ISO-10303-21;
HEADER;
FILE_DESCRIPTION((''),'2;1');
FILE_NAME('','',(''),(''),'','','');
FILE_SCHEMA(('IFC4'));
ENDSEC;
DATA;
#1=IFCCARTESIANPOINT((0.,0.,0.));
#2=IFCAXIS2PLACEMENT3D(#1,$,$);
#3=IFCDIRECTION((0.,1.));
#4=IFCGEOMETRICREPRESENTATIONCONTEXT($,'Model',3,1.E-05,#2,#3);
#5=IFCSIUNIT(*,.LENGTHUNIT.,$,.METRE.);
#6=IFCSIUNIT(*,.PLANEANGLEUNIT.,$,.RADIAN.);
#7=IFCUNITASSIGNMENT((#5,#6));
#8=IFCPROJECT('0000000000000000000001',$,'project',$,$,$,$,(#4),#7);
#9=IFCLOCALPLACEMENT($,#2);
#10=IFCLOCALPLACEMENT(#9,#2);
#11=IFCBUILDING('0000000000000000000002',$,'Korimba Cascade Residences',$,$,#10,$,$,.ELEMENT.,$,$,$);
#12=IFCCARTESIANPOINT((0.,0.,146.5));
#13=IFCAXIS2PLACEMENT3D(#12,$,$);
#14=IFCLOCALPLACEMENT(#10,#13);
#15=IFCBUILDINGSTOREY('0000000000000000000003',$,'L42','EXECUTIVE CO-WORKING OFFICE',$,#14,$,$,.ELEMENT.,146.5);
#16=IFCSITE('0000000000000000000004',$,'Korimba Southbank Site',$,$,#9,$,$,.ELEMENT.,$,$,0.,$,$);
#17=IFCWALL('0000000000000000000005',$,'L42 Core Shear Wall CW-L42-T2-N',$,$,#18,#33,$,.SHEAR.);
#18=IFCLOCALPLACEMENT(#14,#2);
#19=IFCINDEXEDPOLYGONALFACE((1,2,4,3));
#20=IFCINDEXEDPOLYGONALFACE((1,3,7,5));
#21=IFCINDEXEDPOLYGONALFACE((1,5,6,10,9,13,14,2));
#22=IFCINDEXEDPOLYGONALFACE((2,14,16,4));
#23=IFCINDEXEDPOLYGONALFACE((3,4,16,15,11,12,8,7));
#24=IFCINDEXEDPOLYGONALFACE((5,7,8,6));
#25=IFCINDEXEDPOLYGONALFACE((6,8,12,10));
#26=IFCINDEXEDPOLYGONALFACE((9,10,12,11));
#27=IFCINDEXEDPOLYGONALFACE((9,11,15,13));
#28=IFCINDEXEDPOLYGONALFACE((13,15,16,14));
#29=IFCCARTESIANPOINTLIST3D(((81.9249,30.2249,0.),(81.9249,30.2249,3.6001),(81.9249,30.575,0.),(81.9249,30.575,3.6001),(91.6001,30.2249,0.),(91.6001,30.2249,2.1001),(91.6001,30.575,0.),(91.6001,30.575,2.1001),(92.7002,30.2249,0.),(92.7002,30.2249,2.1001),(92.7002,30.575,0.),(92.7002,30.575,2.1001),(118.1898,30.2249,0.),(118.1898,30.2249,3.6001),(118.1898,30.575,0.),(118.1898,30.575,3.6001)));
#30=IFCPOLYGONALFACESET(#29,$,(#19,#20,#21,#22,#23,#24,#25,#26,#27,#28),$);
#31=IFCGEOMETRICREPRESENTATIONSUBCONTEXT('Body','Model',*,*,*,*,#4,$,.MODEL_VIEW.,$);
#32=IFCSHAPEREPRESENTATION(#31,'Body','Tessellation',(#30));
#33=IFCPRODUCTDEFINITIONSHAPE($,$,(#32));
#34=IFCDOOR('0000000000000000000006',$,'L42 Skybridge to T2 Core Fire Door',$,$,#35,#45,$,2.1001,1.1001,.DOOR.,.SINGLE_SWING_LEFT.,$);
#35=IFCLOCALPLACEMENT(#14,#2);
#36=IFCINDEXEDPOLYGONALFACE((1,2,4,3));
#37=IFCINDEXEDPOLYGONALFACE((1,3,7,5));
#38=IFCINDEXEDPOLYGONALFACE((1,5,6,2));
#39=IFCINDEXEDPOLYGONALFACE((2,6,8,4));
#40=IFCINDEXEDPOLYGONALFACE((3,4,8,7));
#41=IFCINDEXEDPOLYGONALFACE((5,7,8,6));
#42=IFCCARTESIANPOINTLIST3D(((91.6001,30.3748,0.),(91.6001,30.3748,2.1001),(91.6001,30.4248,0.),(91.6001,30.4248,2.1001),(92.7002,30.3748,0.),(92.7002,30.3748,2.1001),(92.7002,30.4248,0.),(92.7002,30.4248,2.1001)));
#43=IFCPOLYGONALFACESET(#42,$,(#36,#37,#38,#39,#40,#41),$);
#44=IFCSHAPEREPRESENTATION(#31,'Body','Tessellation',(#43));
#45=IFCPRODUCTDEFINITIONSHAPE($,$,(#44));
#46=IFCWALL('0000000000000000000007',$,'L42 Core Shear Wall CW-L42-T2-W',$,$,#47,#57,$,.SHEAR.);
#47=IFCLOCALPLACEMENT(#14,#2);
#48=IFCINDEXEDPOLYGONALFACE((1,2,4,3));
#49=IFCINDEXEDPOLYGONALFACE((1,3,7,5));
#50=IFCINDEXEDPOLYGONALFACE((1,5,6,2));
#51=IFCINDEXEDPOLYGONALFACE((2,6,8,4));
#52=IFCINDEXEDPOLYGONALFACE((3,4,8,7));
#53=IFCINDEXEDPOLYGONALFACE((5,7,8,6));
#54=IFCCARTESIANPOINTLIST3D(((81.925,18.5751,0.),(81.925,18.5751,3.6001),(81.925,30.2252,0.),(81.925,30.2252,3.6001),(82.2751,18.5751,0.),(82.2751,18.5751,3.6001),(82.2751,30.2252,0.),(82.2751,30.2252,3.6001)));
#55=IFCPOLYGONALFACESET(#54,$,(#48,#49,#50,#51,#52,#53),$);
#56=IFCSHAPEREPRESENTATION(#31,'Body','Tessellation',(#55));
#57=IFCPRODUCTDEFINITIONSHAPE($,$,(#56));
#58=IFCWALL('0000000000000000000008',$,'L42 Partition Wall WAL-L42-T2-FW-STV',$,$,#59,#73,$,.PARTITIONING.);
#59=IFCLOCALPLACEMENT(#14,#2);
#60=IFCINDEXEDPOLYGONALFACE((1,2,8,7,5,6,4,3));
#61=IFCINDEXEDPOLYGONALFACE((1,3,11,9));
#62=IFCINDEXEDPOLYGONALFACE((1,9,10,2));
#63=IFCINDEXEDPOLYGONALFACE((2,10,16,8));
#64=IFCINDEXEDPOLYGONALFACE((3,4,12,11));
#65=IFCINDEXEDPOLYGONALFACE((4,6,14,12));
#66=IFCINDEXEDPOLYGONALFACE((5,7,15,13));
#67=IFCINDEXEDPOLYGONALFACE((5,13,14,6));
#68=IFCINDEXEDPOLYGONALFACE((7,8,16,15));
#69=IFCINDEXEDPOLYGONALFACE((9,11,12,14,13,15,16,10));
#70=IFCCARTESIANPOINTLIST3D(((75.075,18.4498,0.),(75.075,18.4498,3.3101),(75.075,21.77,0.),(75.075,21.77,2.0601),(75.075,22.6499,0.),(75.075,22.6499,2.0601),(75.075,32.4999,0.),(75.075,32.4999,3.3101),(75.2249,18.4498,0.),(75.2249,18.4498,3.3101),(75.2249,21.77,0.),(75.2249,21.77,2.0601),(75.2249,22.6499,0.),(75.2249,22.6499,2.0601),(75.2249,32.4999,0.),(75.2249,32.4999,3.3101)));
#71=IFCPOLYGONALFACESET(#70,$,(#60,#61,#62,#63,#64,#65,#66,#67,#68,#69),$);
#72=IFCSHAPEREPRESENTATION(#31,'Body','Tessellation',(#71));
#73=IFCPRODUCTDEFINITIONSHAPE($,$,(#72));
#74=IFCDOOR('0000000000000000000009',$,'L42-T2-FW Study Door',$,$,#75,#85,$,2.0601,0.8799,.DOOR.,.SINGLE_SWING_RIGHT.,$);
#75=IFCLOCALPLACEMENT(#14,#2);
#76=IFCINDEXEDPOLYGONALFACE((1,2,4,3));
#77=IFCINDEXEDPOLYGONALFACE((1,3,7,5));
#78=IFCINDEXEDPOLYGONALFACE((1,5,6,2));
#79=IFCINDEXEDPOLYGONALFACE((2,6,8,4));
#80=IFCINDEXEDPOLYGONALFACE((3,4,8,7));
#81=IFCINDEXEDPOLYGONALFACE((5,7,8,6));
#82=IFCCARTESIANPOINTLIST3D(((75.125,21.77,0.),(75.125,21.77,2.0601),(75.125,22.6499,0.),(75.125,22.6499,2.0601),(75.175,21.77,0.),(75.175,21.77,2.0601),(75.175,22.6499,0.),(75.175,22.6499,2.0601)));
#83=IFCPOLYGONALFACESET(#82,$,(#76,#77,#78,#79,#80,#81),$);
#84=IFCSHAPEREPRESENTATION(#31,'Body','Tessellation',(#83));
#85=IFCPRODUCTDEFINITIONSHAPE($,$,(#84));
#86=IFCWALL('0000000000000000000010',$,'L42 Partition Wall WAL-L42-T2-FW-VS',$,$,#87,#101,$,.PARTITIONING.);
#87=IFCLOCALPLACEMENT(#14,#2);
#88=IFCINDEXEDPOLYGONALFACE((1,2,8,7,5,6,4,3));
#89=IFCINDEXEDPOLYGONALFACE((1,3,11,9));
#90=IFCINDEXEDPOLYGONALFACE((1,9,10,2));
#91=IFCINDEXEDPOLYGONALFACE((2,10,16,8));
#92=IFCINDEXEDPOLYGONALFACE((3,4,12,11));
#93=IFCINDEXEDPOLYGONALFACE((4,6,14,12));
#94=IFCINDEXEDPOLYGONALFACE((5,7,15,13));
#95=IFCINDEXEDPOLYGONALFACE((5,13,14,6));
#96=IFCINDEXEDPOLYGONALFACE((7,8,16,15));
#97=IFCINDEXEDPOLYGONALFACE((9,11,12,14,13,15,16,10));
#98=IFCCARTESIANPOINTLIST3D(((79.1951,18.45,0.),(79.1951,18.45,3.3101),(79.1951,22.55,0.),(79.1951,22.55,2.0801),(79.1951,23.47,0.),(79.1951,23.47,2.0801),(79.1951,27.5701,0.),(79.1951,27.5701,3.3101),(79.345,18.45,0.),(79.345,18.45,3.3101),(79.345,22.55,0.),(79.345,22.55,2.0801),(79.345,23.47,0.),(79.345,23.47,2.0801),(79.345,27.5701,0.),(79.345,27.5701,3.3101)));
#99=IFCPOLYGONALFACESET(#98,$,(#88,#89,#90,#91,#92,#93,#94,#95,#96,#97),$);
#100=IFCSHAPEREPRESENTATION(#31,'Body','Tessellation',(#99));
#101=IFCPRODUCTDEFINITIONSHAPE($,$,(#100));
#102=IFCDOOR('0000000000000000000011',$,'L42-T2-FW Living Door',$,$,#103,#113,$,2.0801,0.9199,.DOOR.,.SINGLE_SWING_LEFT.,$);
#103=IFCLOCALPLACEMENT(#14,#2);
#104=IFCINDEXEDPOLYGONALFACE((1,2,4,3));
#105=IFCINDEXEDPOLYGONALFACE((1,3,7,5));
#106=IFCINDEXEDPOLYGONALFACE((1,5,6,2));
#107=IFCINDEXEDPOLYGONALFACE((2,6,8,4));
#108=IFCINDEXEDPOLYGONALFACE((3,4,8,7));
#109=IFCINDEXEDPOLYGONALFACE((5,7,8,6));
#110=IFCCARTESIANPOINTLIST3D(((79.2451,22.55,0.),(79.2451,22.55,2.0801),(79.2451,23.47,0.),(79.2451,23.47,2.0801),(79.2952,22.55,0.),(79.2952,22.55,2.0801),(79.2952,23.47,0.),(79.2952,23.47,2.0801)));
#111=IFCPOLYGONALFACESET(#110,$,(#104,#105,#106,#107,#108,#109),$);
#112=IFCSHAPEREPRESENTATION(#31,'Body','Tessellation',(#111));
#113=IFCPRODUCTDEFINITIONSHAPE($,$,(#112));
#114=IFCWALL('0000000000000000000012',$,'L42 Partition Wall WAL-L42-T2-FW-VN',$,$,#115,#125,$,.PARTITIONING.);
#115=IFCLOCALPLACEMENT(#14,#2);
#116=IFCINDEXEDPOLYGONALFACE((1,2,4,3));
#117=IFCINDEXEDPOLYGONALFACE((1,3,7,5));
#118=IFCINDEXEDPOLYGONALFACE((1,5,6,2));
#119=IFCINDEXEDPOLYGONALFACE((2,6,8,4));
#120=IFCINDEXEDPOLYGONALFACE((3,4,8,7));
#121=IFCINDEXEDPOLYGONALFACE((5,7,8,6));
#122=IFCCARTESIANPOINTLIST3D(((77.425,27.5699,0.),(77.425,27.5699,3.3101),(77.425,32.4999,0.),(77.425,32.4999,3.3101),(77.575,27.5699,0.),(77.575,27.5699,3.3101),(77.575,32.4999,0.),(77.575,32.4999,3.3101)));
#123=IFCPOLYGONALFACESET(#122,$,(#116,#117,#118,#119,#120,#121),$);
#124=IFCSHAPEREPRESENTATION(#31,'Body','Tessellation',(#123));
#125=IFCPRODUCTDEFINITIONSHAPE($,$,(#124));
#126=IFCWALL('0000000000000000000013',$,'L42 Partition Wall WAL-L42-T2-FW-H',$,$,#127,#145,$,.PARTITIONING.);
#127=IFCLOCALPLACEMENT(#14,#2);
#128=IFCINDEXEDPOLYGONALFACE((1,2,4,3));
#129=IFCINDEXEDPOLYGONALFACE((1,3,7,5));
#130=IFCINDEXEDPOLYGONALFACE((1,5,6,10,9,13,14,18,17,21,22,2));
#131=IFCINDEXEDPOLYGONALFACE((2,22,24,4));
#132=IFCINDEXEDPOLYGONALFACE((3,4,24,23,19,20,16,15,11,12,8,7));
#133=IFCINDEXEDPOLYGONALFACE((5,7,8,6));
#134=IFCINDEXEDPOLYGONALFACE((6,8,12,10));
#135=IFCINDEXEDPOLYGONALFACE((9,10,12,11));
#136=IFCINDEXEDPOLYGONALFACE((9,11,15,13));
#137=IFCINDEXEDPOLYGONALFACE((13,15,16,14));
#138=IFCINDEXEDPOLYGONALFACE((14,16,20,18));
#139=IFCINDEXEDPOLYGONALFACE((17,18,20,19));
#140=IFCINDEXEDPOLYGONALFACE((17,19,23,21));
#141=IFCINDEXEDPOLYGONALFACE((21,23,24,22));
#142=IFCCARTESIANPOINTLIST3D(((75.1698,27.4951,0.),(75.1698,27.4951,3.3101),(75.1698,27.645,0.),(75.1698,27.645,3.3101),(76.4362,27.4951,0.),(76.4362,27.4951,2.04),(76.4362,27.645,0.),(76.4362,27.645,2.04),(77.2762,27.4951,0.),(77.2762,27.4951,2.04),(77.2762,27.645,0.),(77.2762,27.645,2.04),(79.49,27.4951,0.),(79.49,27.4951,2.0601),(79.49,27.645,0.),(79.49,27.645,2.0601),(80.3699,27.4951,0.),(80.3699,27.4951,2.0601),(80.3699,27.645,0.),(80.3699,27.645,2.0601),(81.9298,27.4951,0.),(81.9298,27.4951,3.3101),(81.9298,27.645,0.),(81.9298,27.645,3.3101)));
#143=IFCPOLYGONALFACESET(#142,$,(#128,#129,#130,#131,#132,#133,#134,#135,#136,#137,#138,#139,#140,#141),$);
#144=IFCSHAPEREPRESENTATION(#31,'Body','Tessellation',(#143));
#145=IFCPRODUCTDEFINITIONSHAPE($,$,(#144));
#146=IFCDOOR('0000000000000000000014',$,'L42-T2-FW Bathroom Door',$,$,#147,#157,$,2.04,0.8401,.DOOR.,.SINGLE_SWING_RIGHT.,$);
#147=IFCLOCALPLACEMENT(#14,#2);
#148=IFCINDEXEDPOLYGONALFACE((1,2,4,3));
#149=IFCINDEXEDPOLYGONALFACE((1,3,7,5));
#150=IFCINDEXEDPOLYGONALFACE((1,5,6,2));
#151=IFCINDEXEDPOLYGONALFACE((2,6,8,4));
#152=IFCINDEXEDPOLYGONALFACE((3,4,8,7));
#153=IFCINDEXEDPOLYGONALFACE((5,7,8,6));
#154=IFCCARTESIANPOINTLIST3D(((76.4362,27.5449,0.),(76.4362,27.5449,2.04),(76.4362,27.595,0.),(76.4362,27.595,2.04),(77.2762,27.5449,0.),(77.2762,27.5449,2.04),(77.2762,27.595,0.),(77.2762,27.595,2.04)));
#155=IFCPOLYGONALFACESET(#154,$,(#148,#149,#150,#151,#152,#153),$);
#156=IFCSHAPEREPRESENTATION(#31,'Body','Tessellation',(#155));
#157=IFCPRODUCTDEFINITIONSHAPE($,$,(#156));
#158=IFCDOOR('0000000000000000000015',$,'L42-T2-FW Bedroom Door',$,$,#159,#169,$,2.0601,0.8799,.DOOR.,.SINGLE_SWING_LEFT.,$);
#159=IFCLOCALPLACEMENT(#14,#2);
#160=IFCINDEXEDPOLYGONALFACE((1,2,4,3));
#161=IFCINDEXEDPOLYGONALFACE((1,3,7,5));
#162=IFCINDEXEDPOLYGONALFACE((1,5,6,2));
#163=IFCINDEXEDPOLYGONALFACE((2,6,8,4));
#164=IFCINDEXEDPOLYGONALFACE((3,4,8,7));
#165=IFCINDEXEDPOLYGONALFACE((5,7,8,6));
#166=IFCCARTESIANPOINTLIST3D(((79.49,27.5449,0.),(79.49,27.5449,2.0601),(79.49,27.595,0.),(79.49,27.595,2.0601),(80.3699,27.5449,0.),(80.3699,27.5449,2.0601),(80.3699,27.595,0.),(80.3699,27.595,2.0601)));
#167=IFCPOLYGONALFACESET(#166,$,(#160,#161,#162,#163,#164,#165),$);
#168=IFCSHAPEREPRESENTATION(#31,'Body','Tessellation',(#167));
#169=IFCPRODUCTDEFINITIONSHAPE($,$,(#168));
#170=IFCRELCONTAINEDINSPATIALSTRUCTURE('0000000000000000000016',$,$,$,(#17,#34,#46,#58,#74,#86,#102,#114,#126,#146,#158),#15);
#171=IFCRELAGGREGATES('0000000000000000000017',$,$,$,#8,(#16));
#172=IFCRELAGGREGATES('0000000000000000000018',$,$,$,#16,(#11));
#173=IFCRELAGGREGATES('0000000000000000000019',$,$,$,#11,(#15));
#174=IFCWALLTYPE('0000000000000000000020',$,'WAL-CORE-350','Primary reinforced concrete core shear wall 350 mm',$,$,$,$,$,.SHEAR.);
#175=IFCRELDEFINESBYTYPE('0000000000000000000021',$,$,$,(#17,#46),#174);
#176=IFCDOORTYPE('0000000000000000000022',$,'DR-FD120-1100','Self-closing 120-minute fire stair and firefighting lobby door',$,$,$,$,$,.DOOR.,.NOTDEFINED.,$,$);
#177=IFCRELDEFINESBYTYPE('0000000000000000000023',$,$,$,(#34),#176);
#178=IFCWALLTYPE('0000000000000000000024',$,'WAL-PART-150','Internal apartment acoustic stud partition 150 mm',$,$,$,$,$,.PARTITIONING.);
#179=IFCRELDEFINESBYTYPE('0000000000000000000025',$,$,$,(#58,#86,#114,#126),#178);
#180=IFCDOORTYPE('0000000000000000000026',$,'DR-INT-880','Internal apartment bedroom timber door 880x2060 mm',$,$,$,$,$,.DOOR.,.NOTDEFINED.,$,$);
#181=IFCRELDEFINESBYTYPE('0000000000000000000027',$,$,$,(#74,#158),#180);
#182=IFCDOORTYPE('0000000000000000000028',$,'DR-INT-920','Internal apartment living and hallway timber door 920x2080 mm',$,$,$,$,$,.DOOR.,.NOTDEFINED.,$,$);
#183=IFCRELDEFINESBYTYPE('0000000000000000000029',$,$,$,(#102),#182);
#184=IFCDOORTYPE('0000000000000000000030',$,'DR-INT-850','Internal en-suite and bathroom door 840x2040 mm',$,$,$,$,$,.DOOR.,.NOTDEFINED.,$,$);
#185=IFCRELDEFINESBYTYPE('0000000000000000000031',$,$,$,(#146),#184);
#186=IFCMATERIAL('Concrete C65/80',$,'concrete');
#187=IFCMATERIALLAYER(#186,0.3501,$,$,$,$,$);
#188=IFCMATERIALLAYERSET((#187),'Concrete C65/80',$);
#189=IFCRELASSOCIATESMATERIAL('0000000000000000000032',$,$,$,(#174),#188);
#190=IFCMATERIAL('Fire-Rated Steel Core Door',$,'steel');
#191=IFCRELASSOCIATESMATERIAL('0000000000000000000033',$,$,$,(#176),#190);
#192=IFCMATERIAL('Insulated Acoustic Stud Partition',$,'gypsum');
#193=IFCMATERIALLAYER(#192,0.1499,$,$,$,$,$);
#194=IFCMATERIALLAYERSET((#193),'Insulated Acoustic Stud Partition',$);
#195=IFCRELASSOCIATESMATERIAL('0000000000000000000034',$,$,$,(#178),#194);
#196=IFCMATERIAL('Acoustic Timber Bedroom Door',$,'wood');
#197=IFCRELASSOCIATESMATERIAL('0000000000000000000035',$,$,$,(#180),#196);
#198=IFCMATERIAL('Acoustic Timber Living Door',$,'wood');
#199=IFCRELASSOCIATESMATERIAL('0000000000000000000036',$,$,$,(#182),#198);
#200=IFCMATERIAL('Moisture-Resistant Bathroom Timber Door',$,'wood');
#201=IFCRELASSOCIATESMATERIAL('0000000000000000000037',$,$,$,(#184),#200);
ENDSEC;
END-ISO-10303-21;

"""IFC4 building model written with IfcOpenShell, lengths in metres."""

from ifc_helpers import new_model, si_unit, direction, frame, frame_2d, origin, place, context, subcontext, project, spatial, rectangle, extrude, material, layer, layer_set, type_object, element, fill, save


model = new_model("IFC4")

# Units and contexts
model_context = context("Model", 3, precision=1e-05, world=origin(), true_north=direction((0.0, 1.0)))
body_context = subcontext(model_context, "Body", "Model", "MODEL_VIEW")
ifc_project = project(units=[si_unit("LENGTHUNIT", "METRE"), si_unit("PLANEANGLEUNIT", "RADIAN")], contexts=[model_context])

# Site, building, storey
site_placement = place(None, origin())
site = spatial("IfcSite", under=ifc_project, at=site_placement, Name="Korimba Southbank Site", CompositionType="ELEMENT", RefElevation=0.0)
building_placement = place(site_placement, origin())
building = spatial("IfcBuilding", under=site, at=building_placement, Name="Korimba Cascade Residences", CompositionType="ELEMENT")
storey_placement = place(building_placement, frame((0.0, 0.0, 146.5)))
storey = spatial("IfcBuildingStorey", under=building, at=storey_placement, Name="L42", Description="EXECUTIVE CO-WORKING OFFICE", CompositionType="ELEMENT", Elevation=146.5)

# Wall, opening, door
ifc_material_1 = material(Name="Concrete C65/80", Category="concrete")
ifc_layer_1 = layer(ifc_material_1, 0.3501)
ifc_layer_set_1 = layer_set([ifc_layer_1], Name="Concrete C65/80")
wall_type_1 = type_object("IfcWallType", Name="WAL-CORE-350", Description="Primary reinforced concrete core shear wall 350 mm", PredefinedType="SHEAR", material=ifc_layer_set_1)
wall_1_placement = place(storey_placement, frame((81.925, 30.3999, 0.0), z_axis=(0.0, 0.0, 1.0), x_axis=(1.0, 0.0, 0.0)))
wall_1 = element("IfcWall", 1, at=wall_1_placement, inside=storey, type_object=wall_type_1, Name="L42 Core Shear Wall CW-L42-T2-N", PredefinedType="SHEAR", context=body_context, shape_type="SweptSolid", body=[
    extrude(rectangle(XDim=36.2649, YDim=0.3501, at=frame_2d((18.1323, 0.0))), origin(), (0.0, 0.0, 1.0), 3.6001),
])
opening_1_placement = place(wall_1_placement, frame((9.675, 0.0, 0.0)))
opening_1 = element("IfcOpeningElement", 2, at=opening_1_placement, cuts=wall_1, PredefinedType="OPENING", context=body_context, shape_type="SweptSolid", body=[
    extrude(rectangle(XDim=1.1001, YDim=2.1001, at=frame_2d((0.55, 1.05))), frame((0.0, 0.1851, 0.0), z_axis=(0.0, -1.0, 0.0), x_axis=(1.0, 0.0, 0.0)), (0.0, 0.0, 1.0), 0.3701),
])
ifc_material_2 = material(Name="Fire-Rated Steel Core Door", Category="steel")
door_type_1 = type_object("IfcDoorType", Name="DR-FD120-1100", Description="Self-closing 120-minute fire stair and firefighting lobby door", OperationType="NOTDEFINED", PredefinedType="DOOR", material=ifc_material_2)
door_1_placement = place(opening_1_placement, origin())
door_1 = element("IfcDoor", 3, at=door_1_placement, inside=storey, type_object=door_type_1, Name="L42 Skybridge to T2 Core Fire Door", OperationType="SINGLE_SWING_LEFT", OverallHeight=2.1001, OverallWidth=1.1001, PredefinedType="DOOR", context=body_context, shape_type="SweptSolid", body=[
    extrude(rectangle(XDim=1.1001, YDim=2.1001, at=frame_2d((0.55, 1.05))), frame((0.0, 0.0249, 0.0), z_axis=(0.0, -1.0, 0.0), x_axis=(1.0, 0.0, 0.0)), (0.0, 0.0, 1.0), 0.05),
])
fill(opening_1, door_1)

# Wall
wall_2_placement = place(storey_placement, frame((82.1001, 18.575, 0.0), z_axis=(0.0, 0.0, 1.0), x_axis=(0.0, 1.0, 0.0)))
element("IfcWall", 4, at=wall_2_placement, inside=storey, type_object=wall_type_1, Name="L42 Core Shear Wall CW-L42-T2-W", PredefinedType="SHEAR", context=body_context, shape_type="SweptSolid", body=[
    extrude(rectangle(XDim=11.6501, YDim=0.3501, at=frame_2d((5.8252, 0.0))), origin(), (0.0, 0.0, 1.0), 3.6001),
])

# Walls, openings, doors
ifc_material_3 = material(Name="Insulated Acoustic Stud Partition", Category="gypsum")
ifc_layer_2 = layer(ifc_material_3, 0.1499)
ifc_layer_set_2 = layer_set([ifc_layer_2], Name="Insulated Acoustic Stud Partition")
wall_type_2 = type_object("IfcWallType", Name="WAL-PART-150", Description="Internal apartment acoustic stud partition 150 mm", PredefinedType="PARTITIONING", material=ifc_layer_set_2)
wall_3_placement = place(storey_placement, frame((75.1499, 18.45, 0.0), z_axis=(0.0, 0.0, 1.0), x_axis=(0.0, 1.0, 0.0)))
wall_3 = element("IfcWall", 5, at=wall_3_placement, inside=storey, type_object=wall_type_2, Name="L42 Partition Wall WAL-L42-T2-FW-STV", PredefinedType="PARTITIONING", context=body_context, shape_type="SweptSolid", body=[
    extrude(rectangle(XDim=14.05, YDim=0.1499, at=frame_2d((7.0249, 0.0))), origin(), (0.0, 0.0, 1.0), 3.3101),
])
opening_2_placement = place(wall_3_placement, frame((3.3201, 0.0, 0.0)))
opening_2 = element("IfcOpeningElement", 6, at=opening_2_placement, cuts=wall_3, PredefinedType="OPENING", context=body_context, shape_type="SweptSolid", body=[
    extrude(rectangle(XDim=0.8799, YDim=2.0601, at=frame_2d((0.4399, 1.03))), frame((0.0, 0.085, 0.0), z_axis=(0.0, -1.0, 0.0), x_axis=(1.0, 0.0, 0.0)), (0.0, 0.0, 1.0), 0.1699),
])
ifc_material_4 = material(Name="Acoustic Timber Bedroom Door", Category="wood")
door_type_2 = type_object("IfcDoorType", Name="DR-INT-880", Description="Internal apartment bedroom timber door 880x2060 mm", OperationType="NOTDEFINED", PredefinedType="DOOR", material=ifc_material_4)
door_2_placement = place(opening_2_placement, origin())
door_2 = element("IfcDoor", 7, at=door_2_placement, inside=storey, type_object=door_type_2, Name="L42-T2-FW Study Door", OperationType="SINGLE_SWING_RIGHT", OverallHeight=2.0601, OverallWidth=0.8799, PredefinedType="DOOR", context=body_context, shape_type="SweptSolid", body=[
    extrude(rectangle(XDim=0.8799, YDim=2.0601, at=frame_2d((0.4399, 1.03))), frame((0.0, 0.0249, 0.0), z_axis=(0.0, -1.0, 0.0), x_axis=(1.0, 0.0, 0.0)), (0.0, 0.0, 1.0), 0.05),
])
fill(opening_2, door_2)
wall_4_placement = place(storey_placement, frame((79.27, 18.45, 0.0), z_axis=(0.0, 0.0, 1.0), x_axis=(0.0, 1.0, 0.0)))
wall_4 = element("IfcWall", 8, at=wall_4_placement, inside=storey, type_object=wall_type_2, Name="L42 Partition Wall WAL-L42-T2-FW-VS", PredefinedType="PARTITIONING", context=body_context, shape_type="SweptSolid", body=[
    extrude(rectangle(XDim=9.1201, YDim=0.1499, at=frame_2d((4.5601, 0.0))), origin(), (0.0, 0.0, 1.0), 3.3101),
])
opening_3_placement = place(wall_4_placement, frame((4.1001, 0.0, 0.0)))
opening_3 = element("IfcOpeningElement", 9, at=opening_3_placement, cuts=wall_4, PredefinedType="OPENING", context=body_context, shape_type="SweptSolid", body=[
    extrude(rectangle(XDim=0.9199, YDim=2.0801, at=frame_2d((0.46, 1.04))), frame((0.0, 0.085, 0.0), z_axis=(0.0, -1.0, 0.0), x_axis=(1.0, 0.0, 0.0)), (0.0, 0.0, 1.0), 0.1699),
])
ifc_material_5 = material(Name="Acoustic Timber Living Door", Category="wood")
door_type_3 = type_object("IfcDoorType", Name="DR-INT-920", Description="Internal apartment living and hallway timber door 920x2080 mm", OperationType="NOTDEFINED", PredefinedType="DOOR", material=ifc_material_5)
door_3_placement = place(opening_3_placement, origin())
door_3 = element("IfcDoor", 10, at=door_3_placement, inside=storey, type_object=door_type_3, Name="L42-T2-FW Living Door", OperationType="SINGLE_SWING_LEFT", OverallHeight=2.0801, OverallWidth=0.9199, PredefinedType="DOOR", context=body_context, shape_type="SweptSolid", body=[
    extrude(rectangle(XDim=0.9199, YDim=2.0801, at=frame_2d((0.46, 1.04))), frame((0.0, 0.0249, 0.0), z_axis=(0.0, -1.0, 0.0), x_axis=(1.0, 0.0, 0.0)), (0.0, 0.0, 1.0), 0.05),
])
fill(opening_3, door_3)

# Wall
wall_5_placement = place(storey_placement, frame((77.5, 27.5701, 0.0), z_axis=(0.0, 0.0, 1.0), x_axis=(0.0, 1.0, 0.0)))
element("IfcWall", 11, at=wall_5_placement, inside=storey, type_object=wall_type_2, Name="L42 Partition Wall WAL-L42-T2-FW-VN", PredefinedType="PARTITIONING", context=body_context, shape_type="SweptSolid", body=[
    extrude(rectangle(XDim=4.9299, YDim=0.1499, at=frame_2d((2.4648, 0.0))), origin(), (0.0, 0.0, 1.0), 3.3101),
])

# Wall, openings, doors
wall_6_placement = place(storey_placement, frame((75.1699, 27.5701, 0.0), z_axis=(0.0, 0.0, 1.0), x_axis=(1.0, 0.0, 0.0)))
wall_6 = element("IfcWall", 12, at=wall_6_placement, inside=storey, type_object=wall_type_2, Name="L42 Partition Wall WAL-L42-T2-FW-H", PredefinedType="PARTITIONING", context=body_context, shape_type="SweptSolid", body=[
    extrude(rectangle(XDim=6.76, YDim=0.1499, at=frame_2d((3.3799, 0.0))), origin(), (0.0, 0.0, 1.0), 3.3101),
])
opening_4_placement = place(wall_6_placement, frame((1.2664, 0.0, 0.0)))
opening_4 = element("IfcOpeningElement", 13, at=opening_4_placement, cuts=wall_6, PredefinedType="OPENING", context=body_context, shape_type="SweptSolid", body=[
    extrude(rectangle(XDim=0.8401, YDim=2.04, at=frame_2d((0.4199, 1.02))), frame((0.0, 0.085, 0.0), z_axis=(0.0, -1.0, 0.0), x_axis=(1.0, 0.0, 0.0)), (0.0, 0.0, 1.0), 0.1699),
])
opening_5_placement = place(wall_6_placement, frame((4.3201, 0.0, 0.0)))
opening_5 = element("IfcOpeningElement", 14, at=opening_5_placement, cuts=wall_6, PredefinedType="OPENING", context=body_context, shape_type="SweptSolid", body=[
    extrude(rectangle(XDim=0.8799, YDim=2.0601, at=frame_2d((0.4399, 1.03))), frame((0.0, 0.085, 0.0), z_axis=(0.0, -1.0, 0.0), x_axis=(1.0, 0.0, 0.0)), (0.0, 0.0, 1.0), 0.1699),
])
ifc_material_6 = material(Name="Moisture-Resistant Bathroom Timber Door", Category="wood")
door_type_4 = type_object("IfcDoorType", Name="DR-INT-850", Description="Internal en-suite and bathroom door 840x2040 mm", OperationType="NOTDEFINED", PredefinedType="DOOR", material=ifc_material_6)
door_4_placement = place(opening_4_placement, origin())
door_4 = element("IfcDoor", 15, at=door_4_placement, inside=storey, type_object=door_type_4, Name="L42-T2-FW Bathroom Door", OperationType="SINGLE_SWING_RIGHT", OverallHeight=2.04, OverallWidth=0.8401, PredefinedType="DOOR", context=body_context, shape_type="SweptSolid", body=[
    extrude(rectangle(XDim=0.8401, YDim=2.04, at=frame_2d((0.4199, 1.02))), frame((0.0, 0.0249, 0.0), z_axis=(0.0, -1.0, 0.0), x_axis=(1.0, 0.0, 0.0)), (0.0, 0.0, 1.0), 0.05),
])
fill(opening_4, door_4)
door_5_placement = place(opening_5_placement, origin())
door_5 = element("IfcDoor", 16, at=door_5_placement, inside=storey, type_object=door_type_2, Name="L42-T2-FW Bedroom Door", OperationType="SINGLE_SWING_LEFT", OverallHeight=2.0601, OverallWidth=0.8799, PredefinedType="DOOR", context=body_context, shape_type="SweptSolid", body=[
    extrude(rectangle(XDim=0.8799, YDim=2.0601, at=frame_2d((0.4399, 1.03))), frame((0.0, 0.0249, 0.0), z_axis=(0.0, -1.0, 0.0), x_axis=(1.0, 0.0, 0.0)), (0.0, 0.0, 1.0), 0.05),
])
fill(opening_5, door_5)

save(model, "model.ifc")
